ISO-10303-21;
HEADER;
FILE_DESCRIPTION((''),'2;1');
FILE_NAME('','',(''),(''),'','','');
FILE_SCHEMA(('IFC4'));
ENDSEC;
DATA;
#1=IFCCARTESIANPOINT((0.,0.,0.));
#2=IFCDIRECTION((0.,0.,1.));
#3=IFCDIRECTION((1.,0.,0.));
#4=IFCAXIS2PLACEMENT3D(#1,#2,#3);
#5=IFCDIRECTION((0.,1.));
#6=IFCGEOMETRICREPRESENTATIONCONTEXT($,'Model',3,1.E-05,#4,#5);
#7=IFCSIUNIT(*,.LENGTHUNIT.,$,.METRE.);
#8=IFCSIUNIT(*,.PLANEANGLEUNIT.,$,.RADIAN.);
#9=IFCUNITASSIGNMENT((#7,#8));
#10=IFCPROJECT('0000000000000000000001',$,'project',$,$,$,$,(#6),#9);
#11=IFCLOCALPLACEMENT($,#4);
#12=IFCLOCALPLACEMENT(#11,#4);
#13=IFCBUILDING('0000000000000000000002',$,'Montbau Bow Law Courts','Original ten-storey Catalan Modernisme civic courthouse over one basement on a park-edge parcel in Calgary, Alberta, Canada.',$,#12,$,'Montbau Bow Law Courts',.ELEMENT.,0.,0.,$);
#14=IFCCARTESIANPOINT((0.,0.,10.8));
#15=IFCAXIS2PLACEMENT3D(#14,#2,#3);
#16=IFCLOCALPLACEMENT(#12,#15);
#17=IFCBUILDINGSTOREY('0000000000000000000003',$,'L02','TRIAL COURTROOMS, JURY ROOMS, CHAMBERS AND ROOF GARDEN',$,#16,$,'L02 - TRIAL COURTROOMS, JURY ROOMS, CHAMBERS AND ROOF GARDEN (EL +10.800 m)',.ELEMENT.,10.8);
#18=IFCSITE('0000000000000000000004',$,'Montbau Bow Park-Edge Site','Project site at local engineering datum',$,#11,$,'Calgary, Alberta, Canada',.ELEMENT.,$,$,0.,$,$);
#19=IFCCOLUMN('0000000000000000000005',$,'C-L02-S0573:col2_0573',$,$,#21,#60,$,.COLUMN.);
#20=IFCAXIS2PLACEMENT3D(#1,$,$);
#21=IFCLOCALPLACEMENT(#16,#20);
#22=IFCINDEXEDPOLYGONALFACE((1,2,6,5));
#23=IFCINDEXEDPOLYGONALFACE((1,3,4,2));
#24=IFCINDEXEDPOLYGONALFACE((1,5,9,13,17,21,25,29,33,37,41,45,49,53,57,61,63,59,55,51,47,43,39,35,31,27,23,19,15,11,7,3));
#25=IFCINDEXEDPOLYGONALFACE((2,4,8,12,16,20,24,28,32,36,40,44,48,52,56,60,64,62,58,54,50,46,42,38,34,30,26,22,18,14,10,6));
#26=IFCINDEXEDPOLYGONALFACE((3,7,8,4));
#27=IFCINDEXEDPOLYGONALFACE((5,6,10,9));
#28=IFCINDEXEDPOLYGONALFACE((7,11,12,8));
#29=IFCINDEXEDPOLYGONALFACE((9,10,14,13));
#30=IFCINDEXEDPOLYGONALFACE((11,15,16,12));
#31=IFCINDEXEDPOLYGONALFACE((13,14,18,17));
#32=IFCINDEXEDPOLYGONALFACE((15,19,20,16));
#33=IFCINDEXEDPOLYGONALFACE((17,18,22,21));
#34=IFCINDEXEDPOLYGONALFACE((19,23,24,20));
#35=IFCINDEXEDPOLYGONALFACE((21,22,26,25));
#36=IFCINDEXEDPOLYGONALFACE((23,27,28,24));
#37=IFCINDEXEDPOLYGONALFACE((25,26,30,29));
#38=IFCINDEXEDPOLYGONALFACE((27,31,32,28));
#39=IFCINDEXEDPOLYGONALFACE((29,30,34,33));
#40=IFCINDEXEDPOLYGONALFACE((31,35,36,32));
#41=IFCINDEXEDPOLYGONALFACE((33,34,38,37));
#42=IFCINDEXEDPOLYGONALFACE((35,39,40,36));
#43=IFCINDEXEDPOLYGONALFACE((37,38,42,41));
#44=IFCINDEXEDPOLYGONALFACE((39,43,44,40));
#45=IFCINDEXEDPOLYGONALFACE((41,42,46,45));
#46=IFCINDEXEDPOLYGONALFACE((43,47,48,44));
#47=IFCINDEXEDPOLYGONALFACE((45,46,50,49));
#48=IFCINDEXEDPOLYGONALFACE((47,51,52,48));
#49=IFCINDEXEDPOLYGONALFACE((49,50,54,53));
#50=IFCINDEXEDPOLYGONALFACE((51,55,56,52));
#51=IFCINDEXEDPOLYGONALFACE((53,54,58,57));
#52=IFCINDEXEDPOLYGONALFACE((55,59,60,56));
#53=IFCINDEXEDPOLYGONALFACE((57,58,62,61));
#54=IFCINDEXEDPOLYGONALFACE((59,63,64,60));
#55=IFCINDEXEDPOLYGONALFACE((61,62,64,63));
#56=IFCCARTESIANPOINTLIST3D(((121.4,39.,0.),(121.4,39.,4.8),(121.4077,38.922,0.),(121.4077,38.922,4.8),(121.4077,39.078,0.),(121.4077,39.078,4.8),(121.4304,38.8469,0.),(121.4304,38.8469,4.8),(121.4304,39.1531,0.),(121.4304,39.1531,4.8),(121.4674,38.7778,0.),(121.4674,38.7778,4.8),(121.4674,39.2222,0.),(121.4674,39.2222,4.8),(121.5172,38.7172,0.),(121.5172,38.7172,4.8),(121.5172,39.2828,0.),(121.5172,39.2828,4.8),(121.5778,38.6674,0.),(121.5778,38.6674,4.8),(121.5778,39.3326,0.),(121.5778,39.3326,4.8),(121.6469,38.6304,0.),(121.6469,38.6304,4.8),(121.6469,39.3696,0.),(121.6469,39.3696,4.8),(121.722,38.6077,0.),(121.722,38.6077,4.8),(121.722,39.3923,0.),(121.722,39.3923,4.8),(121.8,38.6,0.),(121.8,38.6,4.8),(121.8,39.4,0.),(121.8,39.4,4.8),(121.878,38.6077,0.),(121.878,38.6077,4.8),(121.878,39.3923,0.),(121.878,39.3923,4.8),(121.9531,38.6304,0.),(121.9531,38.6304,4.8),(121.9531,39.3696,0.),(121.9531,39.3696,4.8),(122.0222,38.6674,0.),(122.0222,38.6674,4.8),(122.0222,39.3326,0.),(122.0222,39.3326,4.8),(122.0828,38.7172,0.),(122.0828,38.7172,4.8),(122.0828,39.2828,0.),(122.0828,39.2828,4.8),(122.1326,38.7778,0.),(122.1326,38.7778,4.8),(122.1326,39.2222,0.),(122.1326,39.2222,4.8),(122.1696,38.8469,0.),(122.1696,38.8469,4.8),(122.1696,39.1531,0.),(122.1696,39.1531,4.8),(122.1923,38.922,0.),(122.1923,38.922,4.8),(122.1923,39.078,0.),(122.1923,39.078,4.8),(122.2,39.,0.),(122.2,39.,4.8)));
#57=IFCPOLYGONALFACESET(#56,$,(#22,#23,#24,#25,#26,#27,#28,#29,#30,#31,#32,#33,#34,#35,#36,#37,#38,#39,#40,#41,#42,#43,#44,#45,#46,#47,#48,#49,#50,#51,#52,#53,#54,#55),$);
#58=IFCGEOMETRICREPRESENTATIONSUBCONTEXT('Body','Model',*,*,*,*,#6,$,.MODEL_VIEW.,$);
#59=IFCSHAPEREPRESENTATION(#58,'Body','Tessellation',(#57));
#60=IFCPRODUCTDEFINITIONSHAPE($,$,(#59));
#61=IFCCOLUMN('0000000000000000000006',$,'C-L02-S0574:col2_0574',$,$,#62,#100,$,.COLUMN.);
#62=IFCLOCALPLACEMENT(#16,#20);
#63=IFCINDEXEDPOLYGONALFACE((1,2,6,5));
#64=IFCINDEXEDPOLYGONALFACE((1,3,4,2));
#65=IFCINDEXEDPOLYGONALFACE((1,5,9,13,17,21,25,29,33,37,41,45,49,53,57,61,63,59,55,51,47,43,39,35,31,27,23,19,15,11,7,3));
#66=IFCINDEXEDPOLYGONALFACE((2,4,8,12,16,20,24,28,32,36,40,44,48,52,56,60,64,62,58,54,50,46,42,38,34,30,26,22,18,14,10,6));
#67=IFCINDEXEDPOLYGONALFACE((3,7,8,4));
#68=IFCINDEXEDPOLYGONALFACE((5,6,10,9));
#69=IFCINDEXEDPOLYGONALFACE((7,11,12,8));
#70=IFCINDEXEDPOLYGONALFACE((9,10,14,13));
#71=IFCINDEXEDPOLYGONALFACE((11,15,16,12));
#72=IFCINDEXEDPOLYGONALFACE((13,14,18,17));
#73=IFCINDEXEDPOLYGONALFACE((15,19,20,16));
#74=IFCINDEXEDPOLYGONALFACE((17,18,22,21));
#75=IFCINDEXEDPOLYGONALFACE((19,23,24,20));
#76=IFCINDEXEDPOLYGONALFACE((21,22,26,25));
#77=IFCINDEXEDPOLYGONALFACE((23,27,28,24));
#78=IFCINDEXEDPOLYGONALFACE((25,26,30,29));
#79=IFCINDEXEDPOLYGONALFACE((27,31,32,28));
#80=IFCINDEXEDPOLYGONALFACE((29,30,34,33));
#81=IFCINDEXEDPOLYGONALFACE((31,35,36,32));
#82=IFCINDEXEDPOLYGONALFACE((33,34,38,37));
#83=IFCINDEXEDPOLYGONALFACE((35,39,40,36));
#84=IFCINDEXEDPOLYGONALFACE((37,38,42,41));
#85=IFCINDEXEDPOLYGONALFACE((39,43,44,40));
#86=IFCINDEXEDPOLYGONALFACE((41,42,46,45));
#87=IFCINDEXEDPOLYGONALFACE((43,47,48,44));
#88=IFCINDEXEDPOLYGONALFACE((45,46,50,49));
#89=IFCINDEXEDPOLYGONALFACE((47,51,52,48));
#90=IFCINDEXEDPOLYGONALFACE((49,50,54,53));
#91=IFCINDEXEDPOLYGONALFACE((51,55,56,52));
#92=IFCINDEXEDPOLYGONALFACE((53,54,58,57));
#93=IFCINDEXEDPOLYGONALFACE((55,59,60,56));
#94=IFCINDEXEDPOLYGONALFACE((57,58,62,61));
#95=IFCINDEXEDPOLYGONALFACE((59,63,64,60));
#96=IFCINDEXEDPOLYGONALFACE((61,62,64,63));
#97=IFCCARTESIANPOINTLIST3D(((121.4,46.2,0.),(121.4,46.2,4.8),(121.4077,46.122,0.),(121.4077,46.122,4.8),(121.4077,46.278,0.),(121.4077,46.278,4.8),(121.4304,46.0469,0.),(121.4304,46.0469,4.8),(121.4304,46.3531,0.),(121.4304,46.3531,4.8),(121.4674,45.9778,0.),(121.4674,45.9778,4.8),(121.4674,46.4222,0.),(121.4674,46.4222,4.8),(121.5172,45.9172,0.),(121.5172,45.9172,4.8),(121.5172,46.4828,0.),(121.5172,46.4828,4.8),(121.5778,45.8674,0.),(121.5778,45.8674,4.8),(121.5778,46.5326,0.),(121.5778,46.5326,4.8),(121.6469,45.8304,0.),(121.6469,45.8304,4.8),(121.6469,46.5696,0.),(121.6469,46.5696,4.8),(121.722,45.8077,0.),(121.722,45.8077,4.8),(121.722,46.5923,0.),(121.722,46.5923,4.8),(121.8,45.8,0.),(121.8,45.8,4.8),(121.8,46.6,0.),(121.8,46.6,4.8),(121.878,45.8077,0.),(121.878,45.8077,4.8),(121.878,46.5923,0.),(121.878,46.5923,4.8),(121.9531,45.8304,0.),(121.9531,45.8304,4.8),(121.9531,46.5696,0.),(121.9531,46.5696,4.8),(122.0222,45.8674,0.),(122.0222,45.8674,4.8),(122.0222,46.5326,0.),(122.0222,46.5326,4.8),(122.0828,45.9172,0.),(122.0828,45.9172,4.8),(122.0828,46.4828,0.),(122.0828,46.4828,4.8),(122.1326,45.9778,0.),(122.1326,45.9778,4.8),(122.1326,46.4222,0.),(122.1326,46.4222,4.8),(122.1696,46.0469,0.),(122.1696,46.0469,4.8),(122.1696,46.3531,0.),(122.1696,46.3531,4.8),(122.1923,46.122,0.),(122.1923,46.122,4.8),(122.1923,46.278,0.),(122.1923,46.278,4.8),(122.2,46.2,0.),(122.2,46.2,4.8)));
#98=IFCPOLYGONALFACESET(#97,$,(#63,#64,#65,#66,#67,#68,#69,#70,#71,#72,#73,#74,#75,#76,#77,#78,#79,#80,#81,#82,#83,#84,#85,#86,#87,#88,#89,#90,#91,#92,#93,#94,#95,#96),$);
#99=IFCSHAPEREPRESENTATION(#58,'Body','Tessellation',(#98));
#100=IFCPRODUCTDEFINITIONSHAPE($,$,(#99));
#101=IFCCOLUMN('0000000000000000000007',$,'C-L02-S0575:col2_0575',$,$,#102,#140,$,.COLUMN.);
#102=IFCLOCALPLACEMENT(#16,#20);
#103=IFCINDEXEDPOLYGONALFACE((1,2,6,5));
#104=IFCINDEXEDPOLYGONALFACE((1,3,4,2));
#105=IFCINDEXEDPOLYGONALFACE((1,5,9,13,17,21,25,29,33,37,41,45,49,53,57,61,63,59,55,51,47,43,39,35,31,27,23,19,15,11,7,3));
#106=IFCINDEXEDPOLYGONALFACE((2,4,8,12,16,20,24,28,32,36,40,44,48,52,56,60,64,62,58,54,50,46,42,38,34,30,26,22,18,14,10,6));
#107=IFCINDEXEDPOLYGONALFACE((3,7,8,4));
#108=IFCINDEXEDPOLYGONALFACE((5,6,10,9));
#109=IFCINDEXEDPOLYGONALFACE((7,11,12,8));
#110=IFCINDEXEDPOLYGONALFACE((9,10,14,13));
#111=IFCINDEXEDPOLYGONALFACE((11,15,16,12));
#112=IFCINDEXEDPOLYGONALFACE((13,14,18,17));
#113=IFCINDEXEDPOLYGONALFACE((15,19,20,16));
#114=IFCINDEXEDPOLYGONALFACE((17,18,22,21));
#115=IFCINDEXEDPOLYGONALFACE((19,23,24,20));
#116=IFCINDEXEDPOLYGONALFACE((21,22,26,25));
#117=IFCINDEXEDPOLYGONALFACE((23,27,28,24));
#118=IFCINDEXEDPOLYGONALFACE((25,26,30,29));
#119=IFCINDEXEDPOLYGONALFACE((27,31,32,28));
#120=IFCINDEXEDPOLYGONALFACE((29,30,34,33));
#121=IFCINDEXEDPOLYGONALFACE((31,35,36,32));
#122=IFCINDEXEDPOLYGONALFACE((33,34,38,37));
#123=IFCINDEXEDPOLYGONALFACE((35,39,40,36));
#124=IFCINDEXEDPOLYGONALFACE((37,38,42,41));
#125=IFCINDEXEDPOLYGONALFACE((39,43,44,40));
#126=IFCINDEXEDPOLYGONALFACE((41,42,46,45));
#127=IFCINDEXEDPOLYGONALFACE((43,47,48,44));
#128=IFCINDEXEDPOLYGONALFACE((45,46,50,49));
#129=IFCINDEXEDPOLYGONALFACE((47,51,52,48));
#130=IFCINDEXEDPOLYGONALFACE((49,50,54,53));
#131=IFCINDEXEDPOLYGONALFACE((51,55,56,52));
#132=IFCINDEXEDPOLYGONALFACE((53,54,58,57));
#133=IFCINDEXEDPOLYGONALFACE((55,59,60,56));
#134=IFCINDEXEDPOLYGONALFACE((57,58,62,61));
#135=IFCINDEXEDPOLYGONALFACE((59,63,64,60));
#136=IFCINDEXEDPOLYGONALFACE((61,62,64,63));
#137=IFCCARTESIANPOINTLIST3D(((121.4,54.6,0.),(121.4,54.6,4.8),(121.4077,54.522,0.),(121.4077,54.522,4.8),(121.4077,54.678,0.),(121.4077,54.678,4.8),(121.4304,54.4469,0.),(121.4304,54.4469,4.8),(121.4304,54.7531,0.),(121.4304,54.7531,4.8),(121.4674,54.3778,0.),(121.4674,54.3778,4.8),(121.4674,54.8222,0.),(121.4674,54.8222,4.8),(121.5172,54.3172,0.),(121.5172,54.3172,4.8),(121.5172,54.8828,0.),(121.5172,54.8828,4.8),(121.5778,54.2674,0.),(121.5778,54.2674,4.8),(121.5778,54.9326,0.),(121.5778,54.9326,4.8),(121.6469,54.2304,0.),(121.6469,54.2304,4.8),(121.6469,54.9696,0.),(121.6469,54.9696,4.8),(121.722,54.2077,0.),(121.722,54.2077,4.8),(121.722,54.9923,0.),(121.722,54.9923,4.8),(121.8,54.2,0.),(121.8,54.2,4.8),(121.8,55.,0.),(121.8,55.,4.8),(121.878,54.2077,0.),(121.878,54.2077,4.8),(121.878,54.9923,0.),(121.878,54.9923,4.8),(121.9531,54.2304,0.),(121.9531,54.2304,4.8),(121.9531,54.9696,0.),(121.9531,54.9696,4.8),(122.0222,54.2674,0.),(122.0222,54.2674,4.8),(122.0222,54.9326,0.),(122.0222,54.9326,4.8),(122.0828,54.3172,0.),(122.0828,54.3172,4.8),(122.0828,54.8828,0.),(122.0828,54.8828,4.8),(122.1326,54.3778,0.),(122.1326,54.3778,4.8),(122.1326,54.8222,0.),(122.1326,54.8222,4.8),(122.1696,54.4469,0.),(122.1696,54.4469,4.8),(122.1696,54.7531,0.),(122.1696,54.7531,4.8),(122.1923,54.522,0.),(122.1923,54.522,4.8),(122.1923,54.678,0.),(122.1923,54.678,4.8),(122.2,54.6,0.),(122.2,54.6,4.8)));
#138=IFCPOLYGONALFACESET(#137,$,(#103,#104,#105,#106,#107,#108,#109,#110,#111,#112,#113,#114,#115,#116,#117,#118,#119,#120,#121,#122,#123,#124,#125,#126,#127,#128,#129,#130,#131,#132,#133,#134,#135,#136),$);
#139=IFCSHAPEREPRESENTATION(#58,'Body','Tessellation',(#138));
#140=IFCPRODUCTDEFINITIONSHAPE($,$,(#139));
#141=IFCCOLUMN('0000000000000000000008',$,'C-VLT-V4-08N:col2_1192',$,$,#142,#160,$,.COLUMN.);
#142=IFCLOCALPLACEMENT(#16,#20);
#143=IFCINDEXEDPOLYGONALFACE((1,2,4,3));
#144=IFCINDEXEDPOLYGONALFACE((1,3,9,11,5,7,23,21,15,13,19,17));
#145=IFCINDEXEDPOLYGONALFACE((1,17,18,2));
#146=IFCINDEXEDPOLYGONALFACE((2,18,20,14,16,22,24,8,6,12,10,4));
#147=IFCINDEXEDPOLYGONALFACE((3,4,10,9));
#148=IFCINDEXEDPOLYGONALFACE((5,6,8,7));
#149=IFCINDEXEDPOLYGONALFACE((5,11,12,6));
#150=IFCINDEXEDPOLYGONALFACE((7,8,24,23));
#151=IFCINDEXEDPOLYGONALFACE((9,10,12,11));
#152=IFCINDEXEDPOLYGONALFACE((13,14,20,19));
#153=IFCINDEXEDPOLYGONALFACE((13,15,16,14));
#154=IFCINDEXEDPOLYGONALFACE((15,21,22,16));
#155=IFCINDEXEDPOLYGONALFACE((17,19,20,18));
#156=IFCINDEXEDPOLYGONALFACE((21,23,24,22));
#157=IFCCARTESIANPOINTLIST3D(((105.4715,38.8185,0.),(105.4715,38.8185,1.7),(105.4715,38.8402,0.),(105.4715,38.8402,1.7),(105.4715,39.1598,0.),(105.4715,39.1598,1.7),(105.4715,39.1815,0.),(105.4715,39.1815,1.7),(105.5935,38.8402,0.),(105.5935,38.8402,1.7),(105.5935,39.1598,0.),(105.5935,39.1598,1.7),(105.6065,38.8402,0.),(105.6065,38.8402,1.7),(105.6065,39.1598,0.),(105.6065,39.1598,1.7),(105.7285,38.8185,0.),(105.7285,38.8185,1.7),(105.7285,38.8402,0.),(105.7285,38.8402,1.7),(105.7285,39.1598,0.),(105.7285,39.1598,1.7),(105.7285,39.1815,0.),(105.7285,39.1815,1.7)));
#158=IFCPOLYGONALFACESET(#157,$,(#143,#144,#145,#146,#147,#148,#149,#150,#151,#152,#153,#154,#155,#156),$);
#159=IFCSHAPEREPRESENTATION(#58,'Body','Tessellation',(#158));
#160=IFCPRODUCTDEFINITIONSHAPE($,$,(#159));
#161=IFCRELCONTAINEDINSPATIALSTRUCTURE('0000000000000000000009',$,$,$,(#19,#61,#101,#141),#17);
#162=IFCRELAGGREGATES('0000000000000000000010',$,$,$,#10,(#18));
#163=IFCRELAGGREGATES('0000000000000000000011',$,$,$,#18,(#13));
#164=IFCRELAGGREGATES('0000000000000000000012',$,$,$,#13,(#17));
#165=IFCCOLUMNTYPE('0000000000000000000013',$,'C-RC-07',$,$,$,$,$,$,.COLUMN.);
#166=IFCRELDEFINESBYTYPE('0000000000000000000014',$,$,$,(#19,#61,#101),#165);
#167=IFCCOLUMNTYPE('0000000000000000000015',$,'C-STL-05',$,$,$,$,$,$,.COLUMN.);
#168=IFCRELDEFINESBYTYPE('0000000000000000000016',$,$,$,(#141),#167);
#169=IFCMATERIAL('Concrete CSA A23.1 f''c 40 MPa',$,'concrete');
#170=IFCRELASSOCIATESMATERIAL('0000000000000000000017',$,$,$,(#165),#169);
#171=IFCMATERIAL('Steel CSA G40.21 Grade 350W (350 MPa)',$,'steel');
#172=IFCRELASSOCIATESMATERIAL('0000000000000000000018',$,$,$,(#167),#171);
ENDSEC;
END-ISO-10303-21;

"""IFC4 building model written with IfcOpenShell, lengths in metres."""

from ifc_helpers import new_model, si_unit, direction, frame, origin_with_axes, origin_2d_with_axis, place, context, subcontext, project, spatial, circle, i_section, extrude, material, material_profile, profile_set, type_object, element, save


model = new_model("IFC4")

# Units and contexts
model_context = context("Model", 3, precision=1e-05, world=origin_with_axes(), true_north=direction((0.0, 1.0)))
body_context = subcontext(model_context, "Body", "Model", "MODEL_VIEW")
ifc_project = project(units=[si_unit("LENGTHUNIT", "METRE"), si_unit("PLANEANGLEUNIT", "RADIAN")], contexts=[model_context])

# Site, building, storey
site_placement = place(None, origin_with_axes())
site = spatial("IfcSite", under=ifc_project, at=site_placement, Name="Montbau Bow Park-Edge Site", Description="Project site at local engineering datum", LongName="Calgary, Alberta, Canada", CompositionType="ELEMENT", RefElevation=0.0)
building_placement = place(site_placement, origin_with_axes())
building = spatial("IfcBuilding", under=site, at=building_placement, Name="Montbau Bow Law Courts", Description="Original ten-storey Catalan Modernisme civic courthouse over one basement on a park-edge parcel in Calgary, Alberta, Canada.", LongName="Montbau Bow Law Courts", CompositionType="ELEMENT", ElevationOfRefHeight=0.0, ElevationOfTerrain=0.0)
storey_placement = place(building_placement, frame((0.0, 0.0, 10.8), z_axis=(0.0, 0.0, 1.0), x_axis=(1.0, 0.0, 0.0)))
storey = spatial("IfcBuildingStorey", under=building, at=storey_placement, Name="L02", Description="TRIAL COURTROOMS, JURY ROOMS, CHAMBERS AND ROOF GARDEN", LongName="L02 - TRIAL COURTROOMS, JURY ROOMS, CHAMBERS AND ROOF GARDEN (EL +10.800 m)", CompositionType="ELEMENT", Elevation=10.8)

# Columns
ifc_material_1 = material(Name="Concrete CSA A23.1 f'c 40 MPa", Category="concrete")
ifc_material_profile_1 = material_profile(ifc_material_1, circle(Radius=0.4, at=origin_2d_with_axis()), Name="RC800D", Category="Main", Priority=0)
ifc_profile_set_1 = profile_set([ifc_material_profile_1], Name="Concrete CSA A23.1 f'c 40 MPa")
column_type_1 = type_object("IfcColumnType", Name="C-RC-07", PredefinedType="COLUMN", material=ifc_profile_set_1)
for number, where, z_axis, x_axis, name in (
    (1, (121.8, 39.0, 10.8), (0.0, 0.0, 1.0), (1.0, 0.0, 0.0), "C-L02-S0573:col2_0573"),
    (2, (121.8, 46.2, 10.8), (0.0, 0.0, 1.0), (1.0, 0.0, 0.0), "C-L02-S0574:col2_0574"),
    (3, (121.8, 54.6, 10.8), (0.0, 0.0, 1.0), (1.0, 0.0, 0.0), "C-L02-S0575:col2_0575"),
):
    element("IfcColumn", number, at=place(None, frame(where, z_axis=z_axis, x_axis=x_axis)), inside=storey, type_object=column_type_1, Name=name, PredefinedType="COLUMN", context=body_context, shape_type="SweptSolid", body=[
        extrude(circle(Radius=0.4, at=origin_2d_with_axis()), origin_with_axes(), (0.0, 0.0, 1.0), 4.8),
    ])
ifc_material_2 = material(Name="Steel CSA G40.21 Grade 350W (350 MPa)", Category="steel")
ifc_material_profile_2 = material_profile(ifc_material_2, i_section(OverallWidth=0.257, OverallDepth=0.363, WebThickness=0.013, FlangeThickness=0.0217, at=origin_2d_with_axis()), Name="W360X122", Category="Main", Priority=0)
ifc_profile_set_2 = profile_set([ifc_material_profile_2], Name="Steel CSA G40.21 Grade 350W (350 MPa)")
column_type_2 = type_object("IfcColumnType", Name="C-STL-05", PredefinedType="COLUMN", material=ifc_profile_set_2)
column_placement = place(None, frame((105.6, 39.0, 10.8), z_axis=(0.0, 0.0, 1.0), x_axis=(1.0, 0.0, 0.0)))
element("IfcColumn", 4, at=column_placement, inside=storey, type_object=column_type_2, Name="C-VLT-V4-08N:col2_1192", PredefinedType="COLUMN", context=body_context, shape_type="SweptSolid", body=[
    extrude(i_section(OverallWidth=0.257, OverallDepth=0.363, WebThickness=0.013, FlangeThickness=0.0217, at=origin_2d_with_axis()), origin_with_axes(), (0.0, 0.0, 1.0), 1.7),
])

save(model, "model.ifc")
